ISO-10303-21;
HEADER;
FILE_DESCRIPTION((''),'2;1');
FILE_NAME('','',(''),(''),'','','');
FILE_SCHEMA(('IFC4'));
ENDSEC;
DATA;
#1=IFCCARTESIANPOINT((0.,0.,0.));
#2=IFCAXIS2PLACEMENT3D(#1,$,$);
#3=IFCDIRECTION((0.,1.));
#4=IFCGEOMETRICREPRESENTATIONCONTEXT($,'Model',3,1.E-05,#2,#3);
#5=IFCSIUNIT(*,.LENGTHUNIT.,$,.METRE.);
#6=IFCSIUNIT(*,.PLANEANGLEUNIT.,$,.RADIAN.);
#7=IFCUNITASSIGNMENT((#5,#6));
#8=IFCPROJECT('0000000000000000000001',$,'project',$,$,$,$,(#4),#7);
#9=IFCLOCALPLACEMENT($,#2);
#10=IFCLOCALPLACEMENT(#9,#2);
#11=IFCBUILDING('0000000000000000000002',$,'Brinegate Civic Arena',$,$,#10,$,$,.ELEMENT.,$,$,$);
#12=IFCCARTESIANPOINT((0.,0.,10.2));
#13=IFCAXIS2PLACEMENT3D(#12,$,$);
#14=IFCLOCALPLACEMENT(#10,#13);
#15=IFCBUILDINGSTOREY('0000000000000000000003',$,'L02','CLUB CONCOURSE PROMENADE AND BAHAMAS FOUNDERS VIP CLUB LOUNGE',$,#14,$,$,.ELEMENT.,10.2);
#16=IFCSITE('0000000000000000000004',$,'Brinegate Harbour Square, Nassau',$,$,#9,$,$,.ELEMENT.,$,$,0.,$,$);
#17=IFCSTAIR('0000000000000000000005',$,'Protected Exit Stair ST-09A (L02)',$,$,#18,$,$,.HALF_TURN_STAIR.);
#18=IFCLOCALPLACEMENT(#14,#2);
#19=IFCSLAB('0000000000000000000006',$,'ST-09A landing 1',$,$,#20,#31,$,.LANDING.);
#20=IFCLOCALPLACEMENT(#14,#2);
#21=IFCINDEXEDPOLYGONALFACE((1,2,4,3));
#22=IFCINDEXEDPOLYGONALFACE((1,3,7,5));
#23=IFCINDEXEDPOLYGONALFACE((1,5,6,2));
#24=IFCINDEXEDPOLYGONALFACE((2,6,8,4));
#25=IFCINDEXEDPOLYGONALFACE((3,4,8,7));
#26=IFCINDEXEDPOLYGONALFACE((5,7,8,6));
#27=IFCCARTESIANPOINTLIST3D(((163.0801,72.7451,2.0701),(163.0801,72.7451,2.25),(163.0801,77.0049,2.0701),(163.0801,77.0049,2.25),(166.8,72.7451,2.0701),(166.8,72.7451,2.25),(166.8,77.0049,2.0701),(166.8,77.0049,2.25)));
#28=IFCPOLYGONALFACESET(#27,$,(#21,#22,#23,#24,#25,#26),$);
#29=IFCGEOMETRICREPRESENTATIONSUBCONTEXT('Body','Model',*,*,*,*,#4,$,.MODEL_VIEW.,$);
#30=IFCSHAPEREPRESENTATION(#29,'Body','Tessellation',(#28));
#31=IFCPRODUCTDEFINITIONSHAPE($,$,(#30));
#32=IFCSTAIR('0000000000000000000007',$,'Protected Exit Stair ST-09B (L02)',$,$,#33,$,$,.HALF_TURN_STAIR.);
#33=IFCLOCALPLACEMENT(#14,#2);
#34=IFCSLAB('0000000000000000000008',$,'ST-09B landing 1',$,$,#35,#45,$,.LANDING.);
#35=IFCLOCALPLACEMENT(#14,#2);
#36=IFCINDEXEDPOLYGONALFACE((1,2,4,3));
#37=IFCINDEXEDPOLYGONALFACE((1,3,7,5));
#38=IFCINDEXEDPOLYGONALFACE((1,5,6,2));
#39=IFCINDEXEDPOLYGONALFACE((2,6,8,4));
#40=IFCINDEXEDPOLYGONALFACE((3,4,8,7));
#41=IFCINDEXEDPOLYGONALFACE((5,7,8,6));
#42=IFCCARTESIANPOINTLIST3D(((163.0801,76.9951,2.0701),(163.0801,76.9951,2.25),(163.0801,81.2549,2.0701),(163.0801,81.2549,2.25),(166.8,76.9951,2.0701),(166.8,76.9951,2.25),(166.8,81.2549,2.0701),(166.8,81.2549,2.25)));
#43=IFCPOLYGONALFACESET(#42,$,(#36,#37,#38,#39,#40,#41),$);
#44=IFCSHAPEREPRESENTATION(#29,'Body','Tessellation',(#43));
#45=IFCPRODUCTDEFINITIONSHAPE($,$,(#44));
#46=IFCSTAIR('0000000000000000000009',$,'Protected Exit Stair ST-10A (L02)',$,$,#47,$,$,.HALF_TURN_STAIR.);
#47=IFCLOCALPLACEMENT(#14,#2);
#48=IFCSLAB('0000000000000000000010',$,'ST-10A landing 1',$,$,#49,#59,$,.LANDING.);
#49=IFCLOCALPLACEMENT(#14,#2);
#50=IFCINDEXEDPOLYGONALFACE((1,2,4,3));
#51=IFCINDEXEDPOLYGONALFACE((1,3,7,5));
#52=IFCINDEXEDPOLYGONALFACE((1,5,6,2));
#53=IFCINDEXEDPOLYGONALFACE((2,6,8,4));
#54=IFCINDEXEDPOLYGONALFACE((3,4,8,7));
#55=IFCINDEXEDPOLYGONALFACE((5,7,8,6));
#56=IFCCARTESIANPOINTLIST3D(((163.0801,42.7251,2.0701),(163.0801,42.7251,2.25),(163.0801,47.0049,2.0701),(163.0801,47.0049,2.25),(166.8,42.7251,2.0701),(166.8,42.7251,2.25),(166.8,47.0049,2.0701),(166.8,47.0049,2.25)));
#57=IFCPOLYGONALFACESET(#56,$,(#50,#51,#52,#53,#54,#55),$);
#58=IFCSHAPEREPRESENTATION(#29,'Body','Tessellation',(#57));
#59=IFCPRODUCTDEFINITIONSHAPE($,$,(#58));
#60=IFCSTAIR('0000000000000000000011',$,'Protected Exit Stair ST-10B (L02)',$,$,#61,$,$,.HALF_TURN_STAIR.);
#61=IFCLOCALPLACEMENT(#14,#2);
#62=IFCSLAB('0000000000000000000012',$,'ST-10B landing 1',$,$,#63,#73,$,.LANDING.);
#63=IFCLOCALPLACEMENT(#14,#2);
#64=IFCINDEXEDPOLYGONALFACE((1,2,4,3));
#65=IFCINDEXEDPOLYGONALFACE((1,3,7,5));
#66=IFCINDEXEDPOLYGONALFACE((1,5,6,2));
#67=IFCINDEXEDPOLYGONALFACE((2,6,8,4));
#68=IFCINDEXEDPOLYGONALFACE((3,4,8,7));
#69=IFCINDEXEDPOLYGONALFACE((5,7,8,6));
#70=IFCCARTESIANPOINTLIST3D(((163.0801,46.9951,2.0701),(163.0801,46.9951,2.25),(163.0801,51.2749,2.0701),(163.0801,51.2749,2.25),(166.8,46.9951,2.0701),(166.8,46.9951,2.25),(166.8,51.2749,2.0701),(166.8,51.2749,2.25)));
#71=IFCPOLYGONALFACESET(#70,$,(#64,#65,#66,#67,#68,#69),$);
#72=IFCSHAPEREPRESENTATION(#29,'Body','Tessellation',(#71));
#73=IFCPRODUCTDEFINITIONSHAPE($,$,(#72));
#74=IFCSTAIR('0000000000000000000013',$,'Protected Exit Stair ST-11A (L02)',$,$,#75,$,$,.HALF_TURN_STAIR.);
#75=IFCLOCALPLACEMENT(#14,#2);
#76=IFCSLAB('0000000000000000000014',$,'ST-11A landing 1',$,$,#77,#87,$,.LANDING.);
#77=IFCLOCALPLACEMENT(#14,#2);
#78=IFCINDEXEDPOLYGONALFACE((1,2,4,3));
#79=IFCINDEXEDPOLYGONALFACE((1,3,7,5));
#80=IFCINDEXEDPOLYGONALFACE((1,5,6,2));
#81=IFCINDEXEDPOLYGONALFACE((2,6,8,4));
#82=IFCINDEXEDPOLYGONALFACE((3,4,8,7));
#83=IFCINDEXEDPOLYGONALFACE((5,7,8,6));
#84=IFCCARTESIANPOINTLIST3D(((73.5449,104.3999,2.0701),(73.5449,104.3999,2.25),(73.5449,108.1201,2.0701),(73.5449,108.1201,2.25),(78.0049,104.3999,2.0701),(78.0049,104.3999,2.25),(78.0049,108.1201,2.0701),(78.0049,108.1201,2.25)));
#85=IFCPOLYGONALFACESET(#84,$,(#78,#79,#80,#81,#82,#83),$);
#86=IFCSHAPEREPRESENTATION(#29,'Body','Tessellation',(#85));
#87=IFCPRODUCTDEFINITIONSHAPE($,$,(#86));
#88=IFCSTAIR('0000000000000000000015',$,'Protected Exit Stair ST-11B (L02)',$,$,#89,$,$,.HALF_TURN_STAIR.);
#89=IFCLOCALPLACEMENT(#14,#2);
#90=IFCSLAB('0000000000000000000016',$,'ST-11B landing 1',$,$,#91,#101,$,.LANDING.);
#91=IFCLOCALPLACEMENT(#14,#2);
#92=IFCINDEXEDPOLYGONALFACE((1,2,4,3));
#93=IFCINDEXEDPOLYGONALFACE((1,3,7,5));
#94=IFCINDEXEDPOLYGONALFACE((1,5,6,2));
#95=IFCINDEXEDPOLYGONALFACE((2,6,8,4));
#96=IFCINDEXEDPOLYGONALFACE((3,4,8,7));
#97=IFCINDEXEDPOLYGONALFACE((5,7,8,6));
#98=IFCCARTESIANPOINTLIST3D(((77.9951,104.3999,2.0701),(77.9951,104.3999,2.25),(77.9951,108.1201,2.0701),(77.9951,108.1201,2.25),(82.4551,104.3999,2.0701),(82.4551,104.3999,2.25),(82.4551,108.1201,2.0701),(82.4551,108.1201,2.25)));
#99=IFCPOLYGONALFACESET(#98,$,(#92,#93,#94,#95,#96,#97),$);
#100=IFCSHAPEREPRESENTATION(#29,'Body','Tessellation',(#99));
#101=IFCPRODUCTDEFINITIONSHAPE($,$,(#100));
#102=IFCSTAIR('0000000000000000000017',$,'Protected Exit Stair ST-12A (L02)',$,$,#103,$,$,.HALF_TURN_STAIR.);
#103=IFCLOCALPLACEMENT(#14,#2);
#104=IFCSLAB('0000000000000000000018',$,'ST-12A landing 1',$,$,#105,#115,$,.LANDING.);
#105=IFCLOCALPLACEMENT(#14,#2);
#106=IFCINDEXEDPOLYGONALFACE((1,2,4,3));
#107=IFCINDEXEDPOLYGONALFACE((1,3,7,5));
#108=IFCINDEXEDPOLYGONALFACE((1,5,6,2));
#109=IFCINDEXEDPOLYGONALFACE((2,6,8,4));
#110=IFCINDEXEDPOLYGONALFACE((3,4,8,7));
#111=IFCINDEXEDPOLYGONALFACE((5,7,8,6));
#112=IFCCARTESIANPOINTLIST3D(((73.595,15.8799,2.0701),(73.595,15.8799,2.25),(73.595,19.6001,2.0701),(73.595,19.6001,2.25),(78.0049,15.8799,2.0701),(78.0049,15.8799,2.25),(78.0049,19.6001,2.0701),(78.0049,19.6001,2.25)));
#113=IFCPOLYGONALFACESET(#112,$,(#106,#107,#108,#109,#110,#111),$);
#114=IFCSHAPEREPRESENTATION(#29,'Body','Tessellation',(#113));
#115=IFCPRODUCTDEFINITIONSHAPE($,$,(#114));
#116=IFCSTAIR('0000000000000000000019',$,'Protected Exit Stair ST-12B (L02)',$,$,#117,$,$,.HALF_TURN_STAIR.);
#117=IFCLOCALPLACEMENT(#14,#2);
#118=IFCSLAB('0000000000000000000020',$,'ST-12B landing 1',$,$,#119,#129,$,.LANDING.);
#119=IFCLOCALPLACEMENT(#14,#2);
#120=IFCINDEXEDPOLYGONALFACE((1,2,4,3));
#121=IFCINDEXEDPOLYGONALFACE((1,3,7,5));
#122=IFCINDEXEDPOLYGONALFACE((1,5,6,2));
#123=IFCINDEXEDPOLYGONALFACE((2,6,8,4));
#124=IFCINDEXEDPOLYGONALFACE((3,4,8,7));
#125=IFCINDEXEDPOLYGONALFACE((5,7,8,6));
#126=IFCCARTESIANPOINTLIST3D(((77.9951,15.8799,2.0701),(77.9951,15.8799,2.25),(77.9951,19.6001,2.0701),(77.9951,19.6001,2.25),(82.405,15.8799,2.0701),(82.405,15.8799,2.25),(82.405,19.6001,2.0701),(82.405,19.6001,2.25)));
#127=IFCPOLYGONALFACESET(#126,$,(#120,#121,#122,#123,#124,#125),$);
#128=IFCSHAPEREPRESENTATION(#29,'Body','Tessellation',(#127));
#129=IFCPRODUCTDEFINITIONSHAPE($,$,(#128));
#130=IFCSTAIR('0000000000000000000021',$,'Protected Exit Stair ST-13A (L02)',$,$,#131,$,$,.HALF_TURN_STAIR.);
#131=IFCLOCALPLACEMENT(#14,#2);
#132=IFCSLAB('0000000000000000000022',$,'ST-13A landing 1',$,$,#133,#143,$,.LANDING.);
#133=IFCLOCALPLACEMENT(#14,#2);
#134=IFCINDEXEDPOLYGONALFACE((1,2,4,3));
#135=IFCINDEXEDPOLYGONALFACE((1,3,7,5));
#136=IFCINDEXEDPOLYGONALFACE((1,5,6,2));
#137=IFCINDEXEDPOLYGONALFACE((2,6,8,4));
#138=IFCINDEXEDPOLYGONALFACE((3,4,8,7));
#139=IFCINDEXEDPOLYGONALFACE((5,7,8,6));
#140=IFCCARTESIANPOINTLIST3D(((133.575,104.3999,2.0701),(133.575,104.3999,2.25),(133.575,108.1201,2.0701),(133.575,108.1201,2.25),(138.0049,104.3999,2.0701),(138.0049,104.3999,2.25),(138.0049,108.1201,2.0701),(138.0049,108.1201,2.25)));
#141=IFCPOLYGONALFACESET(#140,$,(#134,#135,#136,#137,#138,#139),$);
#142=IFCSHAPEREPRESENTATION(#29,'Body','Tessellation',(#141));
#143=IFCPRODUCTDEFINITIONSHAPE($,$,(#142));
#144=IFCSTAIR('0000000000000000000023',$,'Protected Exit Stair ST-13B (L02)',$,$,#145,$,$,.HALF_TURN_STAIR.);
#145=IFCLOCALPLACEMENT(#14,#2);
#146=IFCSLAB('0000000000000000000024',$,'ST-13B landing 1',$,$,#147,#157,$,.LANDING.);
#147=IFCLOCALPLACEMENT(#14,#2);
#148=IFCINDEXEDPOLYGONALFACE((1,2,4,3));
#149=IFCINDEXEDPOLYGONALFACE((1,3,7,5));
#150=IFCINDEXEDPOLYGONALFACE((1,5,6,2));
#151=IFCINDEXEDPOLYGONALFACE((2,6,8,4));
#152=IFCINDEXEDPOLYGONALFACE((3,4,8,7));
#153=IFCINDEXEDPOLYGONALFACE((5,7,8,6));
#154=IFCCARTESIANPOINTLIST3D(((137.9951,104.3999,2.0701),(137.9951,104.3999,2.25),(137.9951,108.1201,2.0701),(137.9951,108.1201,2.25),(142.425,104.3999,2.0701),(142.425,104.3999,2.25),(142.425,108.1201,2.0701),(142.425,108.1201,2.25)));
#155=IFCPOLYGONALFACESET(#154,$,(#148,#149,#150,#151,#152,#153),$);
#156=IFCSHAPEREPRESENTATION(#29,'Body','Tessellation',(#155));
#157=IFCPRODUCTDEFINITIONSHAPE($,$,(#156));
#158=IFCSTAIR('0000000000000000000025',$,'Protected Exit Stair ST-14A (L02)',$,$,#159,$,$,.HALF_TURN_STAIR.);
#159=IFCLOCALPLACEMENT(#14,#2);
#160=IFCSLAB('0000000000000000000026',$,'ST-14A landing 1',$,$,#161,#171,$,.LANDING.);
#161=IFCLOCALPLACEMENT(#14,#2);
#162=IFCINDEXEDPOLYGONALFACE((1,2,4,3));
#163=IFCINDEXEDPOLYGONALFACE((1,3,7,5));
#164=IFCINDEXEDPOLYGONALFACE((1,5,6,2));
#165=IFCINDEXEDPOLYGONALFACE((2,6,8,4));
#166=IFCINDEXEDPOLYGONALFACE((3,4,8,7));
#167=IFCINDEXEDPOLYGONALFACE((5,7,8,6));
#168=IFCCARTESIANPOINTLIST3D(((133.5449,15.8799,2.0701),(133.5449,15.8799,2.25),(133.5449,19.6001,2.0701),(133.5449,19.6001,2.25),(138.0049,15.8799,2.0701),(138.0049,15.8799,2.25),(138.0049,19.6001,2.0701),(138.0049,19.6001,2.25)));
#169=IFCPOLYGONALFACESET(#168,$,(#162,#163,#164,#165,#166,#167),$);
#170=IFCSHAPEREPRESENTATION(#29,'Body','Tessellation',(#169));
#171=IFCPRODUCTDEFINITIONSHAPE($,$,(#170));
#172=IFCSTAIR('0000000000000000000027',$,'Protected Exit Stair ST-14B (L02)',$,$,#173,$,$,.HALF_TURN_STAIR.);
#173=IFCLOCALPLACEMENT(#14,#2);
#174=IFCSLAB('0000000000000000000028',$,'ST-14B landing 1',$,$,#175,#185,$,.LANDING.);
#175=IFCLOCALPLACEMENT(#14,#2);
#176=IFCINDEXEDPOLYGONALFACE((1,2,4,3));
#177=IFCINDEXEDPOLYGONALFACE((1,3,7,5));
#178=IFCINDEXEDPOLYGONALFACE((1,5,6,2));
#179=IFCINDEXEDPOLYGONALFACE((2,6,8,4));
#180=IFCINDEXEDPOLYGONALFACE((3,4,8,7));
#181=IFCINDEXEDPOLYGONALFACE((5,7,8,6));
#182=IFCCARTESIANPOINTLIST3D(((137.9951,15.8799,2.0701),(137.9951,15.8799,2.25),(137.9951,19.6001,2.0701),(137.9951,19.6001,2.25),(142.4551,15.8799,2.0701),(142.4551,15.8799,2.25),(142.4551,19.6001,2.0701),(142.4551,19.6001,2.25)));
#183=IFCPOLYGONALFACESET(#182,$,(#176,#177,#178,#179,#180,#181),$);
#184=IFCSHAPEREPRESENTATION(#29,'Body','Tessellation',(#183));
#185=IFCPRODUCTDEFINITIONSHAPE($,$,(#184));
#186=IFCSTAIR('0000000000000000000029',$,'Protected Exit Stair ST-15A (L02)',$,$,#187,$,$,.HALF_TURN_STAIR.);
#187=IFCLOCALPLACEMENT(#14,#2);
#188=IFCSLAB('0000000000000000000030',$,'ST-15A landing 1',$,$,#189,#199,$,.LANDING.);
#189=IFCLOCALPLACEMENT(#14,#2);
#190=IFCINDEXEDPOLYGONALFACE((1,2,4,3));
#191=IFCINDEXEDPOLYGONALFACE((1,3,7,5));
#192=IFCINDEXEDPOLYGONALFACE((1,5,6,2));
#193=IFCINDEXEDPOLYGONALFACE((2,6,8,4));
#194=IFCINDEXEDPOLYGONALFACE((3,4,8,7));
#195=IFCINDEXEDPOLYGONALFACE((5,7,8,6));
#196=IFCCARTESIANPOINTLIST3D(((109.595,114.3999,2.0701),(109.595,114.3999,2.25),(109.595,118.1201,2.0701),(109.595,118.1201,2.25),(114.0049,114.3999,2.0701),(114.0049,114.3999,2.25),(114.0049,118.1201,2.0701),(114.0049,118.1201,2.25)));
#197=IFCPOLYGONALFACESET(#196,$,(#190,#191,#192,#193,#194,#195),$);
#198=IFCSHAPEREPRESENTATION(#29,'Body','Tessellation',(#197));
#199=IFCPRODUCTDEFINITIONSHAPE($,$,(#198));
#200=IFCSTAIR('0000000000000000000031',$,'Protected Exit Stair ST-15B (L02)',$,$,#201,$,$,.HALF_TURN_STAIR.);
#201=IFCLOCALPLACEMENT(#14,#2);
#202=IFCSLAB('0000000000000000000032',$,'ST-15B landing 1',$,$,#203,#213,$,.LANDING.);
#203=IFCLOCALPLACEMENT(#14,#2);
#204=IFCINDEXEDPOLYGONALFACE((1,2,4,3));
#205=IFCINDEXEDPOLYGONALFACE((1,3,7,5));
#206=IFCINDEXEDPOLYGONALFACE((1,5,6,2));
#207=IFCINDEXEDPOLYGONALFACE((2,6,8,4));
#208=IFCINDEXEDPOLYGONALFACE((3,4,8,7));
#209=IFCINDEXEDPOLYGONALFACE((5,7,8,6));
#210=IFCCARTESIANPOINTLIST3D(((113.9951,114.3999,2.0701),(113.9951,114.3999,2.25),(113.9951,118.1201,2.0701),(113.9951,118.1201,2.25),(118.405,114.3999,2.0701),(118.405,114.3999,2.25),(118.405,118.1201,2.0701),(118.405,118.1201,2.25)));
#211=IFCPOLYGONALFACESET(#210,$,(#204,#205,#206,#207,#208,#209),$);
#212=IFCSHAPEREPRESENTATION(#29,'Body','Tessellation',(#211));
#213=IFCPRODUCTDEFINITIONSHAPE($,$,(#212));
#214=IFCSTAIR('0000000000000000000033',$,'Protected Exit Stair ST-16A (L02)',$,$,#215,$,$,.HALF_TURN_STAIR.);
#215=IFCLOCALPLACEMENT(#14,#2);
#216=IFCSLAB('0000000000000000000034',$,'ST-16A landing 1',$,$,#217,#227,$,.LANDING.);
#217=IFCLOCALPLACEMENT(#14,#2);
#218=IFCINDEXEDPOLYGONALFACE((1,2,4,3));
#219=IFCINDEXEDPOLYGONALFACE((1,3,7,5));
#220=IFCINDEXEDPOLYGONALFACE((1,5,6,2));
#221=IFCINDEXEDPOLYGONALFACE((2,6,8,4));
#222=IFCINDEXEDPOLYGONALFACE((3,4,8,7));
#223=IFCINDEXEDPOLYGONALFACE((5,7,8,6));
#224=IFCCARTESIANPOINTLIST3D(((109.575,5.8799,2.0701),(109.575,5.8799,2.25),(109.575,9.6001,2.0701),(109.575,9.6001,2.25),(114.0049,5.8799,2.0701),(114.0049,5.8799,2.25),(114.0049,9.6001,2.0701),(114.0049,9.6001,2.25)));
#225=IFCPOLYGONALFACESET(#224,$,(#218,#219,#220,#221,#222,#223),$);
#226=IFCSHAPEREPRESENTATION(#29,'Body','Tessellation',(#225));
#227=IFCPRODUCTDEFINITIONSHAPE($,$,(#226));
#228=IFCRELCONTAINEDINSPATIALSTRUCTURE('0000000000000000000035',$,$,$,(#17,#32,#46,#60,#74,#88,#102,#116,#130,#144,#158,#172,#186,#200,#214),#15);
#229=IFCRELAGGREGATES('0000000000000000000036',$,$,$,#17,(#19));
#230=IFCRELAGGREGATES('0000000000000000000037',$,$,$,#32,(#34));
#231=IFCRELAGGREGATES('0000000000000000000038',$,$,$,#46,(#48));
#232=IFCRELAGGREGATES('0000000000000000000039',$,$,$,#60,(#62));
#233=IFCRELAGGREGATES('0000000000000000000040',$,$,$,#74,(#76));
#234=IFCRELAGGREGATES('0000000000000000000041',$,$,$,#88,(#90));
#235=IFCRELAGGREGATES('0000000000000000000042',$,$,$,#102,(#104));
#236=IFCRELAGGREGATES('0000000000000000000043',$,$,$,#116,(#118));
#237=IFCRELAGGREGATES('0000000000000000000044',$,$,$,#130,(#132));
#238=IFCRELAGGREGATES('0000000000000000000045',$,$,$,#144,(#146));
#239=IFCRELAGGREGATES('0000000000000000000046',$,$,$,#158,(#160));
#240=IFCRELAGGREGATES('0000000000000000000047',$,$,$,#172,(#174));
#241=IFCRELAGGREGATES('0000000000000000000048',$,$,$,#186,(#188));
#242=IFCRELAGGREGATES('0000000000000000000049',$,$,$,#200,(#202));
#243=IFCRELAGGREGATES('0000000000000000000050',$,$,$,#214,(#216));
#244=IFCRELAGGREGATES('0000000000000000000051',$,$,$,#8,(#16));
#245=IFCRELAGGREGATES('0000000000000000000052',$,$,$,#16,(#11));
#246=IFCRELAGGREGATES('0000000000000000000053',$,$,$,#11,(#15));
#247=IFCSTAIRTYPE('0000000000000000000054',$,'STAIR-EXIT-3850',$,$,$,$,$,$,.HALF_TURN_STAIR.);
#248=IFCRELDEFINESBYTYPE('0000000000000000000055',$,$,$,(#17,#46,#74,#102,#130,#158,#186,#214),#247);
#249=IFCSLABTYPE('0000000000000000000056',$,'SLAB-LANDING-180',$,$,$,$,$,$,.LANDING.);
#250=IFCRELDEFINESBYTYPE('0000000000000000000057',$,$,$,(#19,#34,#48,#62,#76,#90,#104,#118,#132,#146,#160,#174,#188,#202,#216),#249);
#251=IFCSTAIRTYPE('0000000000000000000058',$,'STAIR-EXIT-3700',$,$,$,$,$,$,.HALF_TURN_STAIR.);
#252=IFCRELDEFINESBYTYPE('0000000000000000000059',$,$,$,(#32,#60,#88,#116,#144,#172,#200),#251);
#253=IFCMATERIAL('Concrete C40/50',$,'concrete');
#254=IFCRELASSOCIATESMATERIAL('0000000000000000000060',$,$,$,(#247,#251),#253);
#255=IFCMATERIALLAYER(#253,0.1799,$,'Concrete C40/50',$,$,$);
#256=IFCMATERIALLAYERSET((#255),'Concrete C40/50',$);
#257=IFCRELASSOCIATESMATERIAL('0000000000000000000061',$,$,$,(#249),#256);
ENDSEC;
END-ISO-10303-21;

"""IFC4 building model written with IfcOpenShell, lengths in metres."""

from ifc_helpers import new_model, si_unit, direction, frame, origin, place, context, subcontext, project, spatial, polyline, outline, extrude, material, layer, layer_set, type_object, element, aggregate, save


model = new_model("IFC4")

# Units and contexts
model_context = context("Model", 3, precision=1e-05, world=origin(), true_north=direction((0.0, 1.0)))
body_context = subcontext(model_context, "Body", "Model", "MODEL_VIEW")
ifc_project = project(units=[si_unit("LENGTHUNIT", "METRE"), si_unit("PLANEANGLEUNIT", "RADIAN")], contexts=[model_context])

# Site, building, storey
site_placement = place(None, origin())
site = spatial("IfcSite", under=ifc_project, at=site_placement, Name="Brinegate Harbour Square, Nassau", CompositionType="ELEMENT", RefElevation=0.0)
building_placement = place(site_placement, origin())
building = spatial("IfcBuilding", under=site, at=building_placement, Name="Brinegate Civic Arena", CompositionType="ELEMENT")
storey_placement = place(building_placement, frame((0.0, 0.0, 10.2)))
storey = spatial("IfcBuildingStorey", under=building, at=storey_placement, Name="L02", Description="CLUB CONCOURSE PROMENADE AND BAHAMAS FOUNDERS VIP CLUB LOUNGE", CompositionType="ELEMENT", Elevation=10.2)

# Stairs, slabs
ifc_material = material(Name="Concrete C40/50", Category="concrete")
stair_type_1 = type_object("IfcStairType", Name="STAIR-EXIT-3850", PredefinedType="HALF_TURN_STAIR", material=ifc_material)
stair_1_placement = place(storey_placement, origin())
stair_1 = element("IfcStair", 1, at=stair_1_placement, inside=storey, type_object=stair_type_1, Name="Protected Exit Stair ST-09A (L02)", PredefinedType="HALF_TURN_STAIR")
ifc_layer = layer(ifc_material, 0.1799, Name="Concrete C40/50")
ifc_layer_set = layer_set([ifc_layer], Name="Concrete C40/50")
slab_type = type_object("IfcSlabType", Name="SLAB-LANDING-180", PredefinedType="LANDING", material=ifc_layer_set)
slab_1_placement = place(storey_placement, frame((0.0, 0.0, 2.0701)))
slab_1 = element("IfcSlab", 2, at=slab_1_placement, type_object=slab_type, Name="ST-09A landing 1", PredefinedType="LANDING", context=body_context, shape_type="SweptSolid", body=[
    extrude(outline(polyline([(163.0801, 72.7451), (166.8, 72.7451), (166.8, 77.0049), (163.0801, 77.0049), (163.0801, 72.7451)])), origin(), (0.0, 0.0, 1.0), 0.1799),
])
aggregate(stair_1, [slab_1])
stair_type_2 = type_object("IfcStairType", Name="STAIR-EXIT-3700", PredefinedType="HALF_TURN_STAIR", material=ifc_material)
stair_2_placement = place(storey_placement, origin())
stair_2 = element("IfcStair", 3, at=stair_2_placement, inside=storey, type_object=stair_type_2, Name="Protected Exit Stair ST-09B (L02)", PredefinedType="HALF_TURN_STAIR")
slab_2_placement = place(storey_placement, frame((0.0, 0.0, 2.0701)))
slab_2 = element("IfcSlab", 4, at=slab_2_placement, type_object=slab_type, Name="ST-09B landing 1", PredefinedType="LANDING", context=body_context, shape_type="SweptSolid", body=[
    extrude(outline(polyline([(163.0801, 76.9951), (166.8, 76.9951), (166.8, 81.2549), (163.0801, 81.2549), (163.0801, 76.9951)])), origin(), (0.0, 0.0, 1.0), 0.1799),
])
aggregate(stair_2, [slab_2])
stair_3_placement = place(storey_placement, origin())
stair_3 = element("IfcStair", 5, at=stair_3_placement, inside=storey, type_object=stair_type_1, Name="Protected Exit Stair ST-10A (L02)", PredefinedType="HALF_TURN_STAIR")
slab_3_placement = place(storey_placement, frame((0.0, 0.0, 2.0701)))
slab_3 = element("IfcSlab", 6, at=slab_3_placement, type_object=slab_type, Name="ST-10A landing 1", PredefinedType="LANDING", context=body_context, shape_type="SweptSolid", body=[
    extrude(outline(polyline([(163.0801, 42.7251), (166.8, 42.7251), (166.8, 47.0049), (163.0801, 47.0049), (163.0801, 42.7251)])), origin(), (0.0, 0.0, 1.0), 0.1799),
])
aggregate(stair_3, [slab_3])
stair_4_placement = place(storey_placement, origin())
stair_4 = element("IfcStair", 7, at=stair_4_placement, inside=storey, type_object=stair_type_2, Name="Protected Exit Stair ST-10B (L02)", PredefinedType="HALF_TURN_STAIR")
slab_4_placement = place(storey_placement, frame((0.0, 0.0, 2.0701)))
slab_4 = element("IfcSlab", 8, at=slab_4_placement, type_object=slab_type, Name="ST-10B landing 1", PredefinedType="LANDING", context=body_context, shape_type="SweptSolid", body=[
    extrude(outline(polyline([(163.0801, 46.9951), (166.8, 46.9951), (166.8, 51.2749), (163.0801, 51.2749), (163.0801, 46.9951)])), origin(), (0.0, 0.0, 1.0), 0.1799),
])
aggregate(stair_4, [slab_4])
stair_5_placement = place(storey_placement, origin())
stair_5 = element("IfcStair", 9, at=stair_5_placement, inside=storey, type_object=stair_type_1, Name="Protected Exit Stair ST-11A (L02)", PredefinedType="HALF_TURN_STAIR")
slab_5_placement = place(storey_placement, frame((0.0, 0.0, 2.0701)))
slab_5 = element("IfcSlab", 10, at=slab_5_placement, type_object=slab_type, Name="ST-11A landing 1", PredefinedType="LANDING", context=body_context, shape_type="SweptSolid", body=[
    extrude(outline(polyline([(73.5449, 104.3999), (78.0049, 104.3999), (78.0049, 108.1201), (73.5449, 108.1201), (73.5449, 104.3999)])), origin(), (0.0, 0.0, 1.0), 0.1799),
])
aggregate(stair_5, [slab_5])
stair_6_placement = place(storey_placement, origin())
stair_6 = element("IfcStair", 11, at=stair_6_placement, inside=storey, type_object=stair_type_2, Name="Protected Exit Stair ST-11B (L02)", PredefinedType="HALF_TURN_STAIR")
slab_6_placement = place(storey_placement, frame((0.0, 0.0, 2.0701)))
slab_6 = element("IfcSlab", 12, at=slab_6_placement, type_object=slab_type, Name="ST-11B landing 1", PredefinedType="LANDING", context=body_context, shape_type="SweptSolid", body=[
    extrude(outline(polyline([(77.9951, 104.3999), (82.4551, 104.3999), (82.4551, 108.1201), (77.9951, 108.1201), (77.9951, 104.3999)])), origin(), (0.0, 0.0, 1.0), 0.1799),
])
aggregate(stair_6, [slab_6])
stair_7_placement = place(storey_placement, origin())
stair_7 = element("IfcStair", 13, at=stair_7_placement, inside=storey, type_object=stair_type_1, Name="Protected Exit Stair ST-12A (L02)", PredefinedType="HALF_TURN_STAIR")
slab_7_placement = place(storey_placement, frame((0.0, 0.0, 2.0701)))
slab_7 = element("IfcSlab", 14, at=slab_7_placement, type_object=slab_type, Name="ST-12A landing 1", PredefinedType="LANDING", context=body_context, shape_type="SweptSolid", body=[
    extrude(outline(polyline([(73.595, 15.8799), (78.0049, 15.8799), (78.0049, 19.6001), (73.595, 19.6001), (73.595, 15.8799)])), origin(), (0.0, 0.0, 1.0), 0.1799),
])
aggregate(stair_7, [slab_7])
stair_8_placement = place(storey_placement, origin())
stair_8 = element("IfcStair", 15, at=stair_8_placement, inside=storey, type_object=stair_type_2, Name="Protected Exit Stair ST-12B (L02)", PredefinedType="HALF_TURN_STAIR")
slab_8_placement = place(storey_placement, frame((0.0, 0.0, 2.0701)))
slab_8 = element("IfcSlab", 16, at=slab_8_placement, type_object=slab_type, Name="ST-12B landing 1", PredefinedType="LANDING", context=body_context, shape_type="SweptSolid", body=[
    extrude(outline(polyline([(77.9951, 15.8799), (82.405, 15.8799), (82.405, 19.6001), (77.9951, 19.6001), (77.9951, 15.8799)])), origin(), (0.0, 0.0, 1.0), 0.1799),
])
aggregate(stair_8, [slab_8])
stair_9_placement = place(storey_placement, origin())
stair_9 = element("IfcStair", 17, at=stair_9_placement, inside=storey, type_object=stair_type_1, Name="Protected Exit Stair ST-13A (L02)", PredefinedType="HALF_TURN_STAIR")
slab_9_placement = place(storey_placement, frame((0.0, 0.0, 2.0701)))
slab_9 = element("IfcSlab", 18, at=slab_9_placement, type_object=slab_type, Name="ST-13A landing 1", PredefinedType="LANDING", context=body_context, shape_type="SweptSolid", body=[
    extrude(outline(polyline([(133.575, 104.3999), (138.0049, 104.3999), (138.0049, 108.1201), (133.575, 108.1201), (133.575, 104.3999)])), origin(), (0.0, 0.0, 1.0), 0.1799),
])
aggregate(stair_9, [slab_9])
stair_10_placement = place(storey_placement, origin())
stair_10 = element("IfcStair", 19, at=stair_10_placement, inside=storey, type_object=stair_type_2, Name="Protected Exit Stair ST-13B (L02)", PredefinedType="HALF_TURN_STAIR")
slab_10_placement = place(storey_placement, frame((0.0, 0.0, 2.0701)))
slab_10 = element("IfcSlab", 20, at=slab_10_placement, type_object=slab_type, Name="ST-13B landing 1", PredefinedType="LANDING", context=body_context, shape_type="SweptSolid", body=[
    extrude(outline(polyline([(137.9951, 104.3999), (142.425, 104.3999), (142.425, 108.1201), (137.9951, 108.1201), (137.9951, 104.3999)])), origin(), (0.0, 0.0, 1.0), 0.1799),
])
aggregate(stair_10, [slab_10])
stair_11_placement = place(storey_placement, origin())
stair_11 = element("IfcStair", 21, at=stair_11_placement, inside=storey, type_object=stair_type_1, Name="Protected Exit Stair ST-14A (L02)", PredefinedType="HALF_TURN_STAIR")
slab_11_placement = place(storey_placement, frame((0.0, 0.0, 2.0701)))
slab_11 = element("IfcSlab", 22, at=slab_11_placement, type_object=slab_type, Name="ST-14A landing 1", PredefinedType="LANDING", context=body_context, shape_type="SweptSolid", body=[
    extrude(outline(polyline([(133.5449, 15.8799), (138.0049, 15.8799), (138.0049, 19.6001), (133.5449, 19.6001), (133.5449, 15.8799)])), origin(), (0.0, 0.0, 1.0), 0.1799),
])
aggregate(stair_11, [slab_11])
stair_12_placement = place(storey_placement, origin())
stair_12 = element("IfcStair", 23, at=stair_12_placement, inside=storey, type_object=stair_type_2, Name="Protected Exit Stair ST-14B (L02)", PredefinedType="HALF_TURN_STAIR")
slab_12_placement = place(storey_placement, frame((0.0, 0.0, 2.0701)))
slab_12 = element("IfcSlab", 24, at=slab_12_placement, type_object=slab_type, Name="ST-14B landing 1", PredefinedType="LANDING", context=body_context, shape_type="SweptSolid", body=[
    extrude(outline(polyline([(137.9951, 15.8799), (142.4551, 15.8799), (142.4551, 19.6001), (137.9951, 19.6001), (137.9951, 15.8799)])), origin(), (0.0, 0.0, 1.0), 0.1799),
])
aggregate(stair_12, [slab_12])
stair_13_placement = place(storey_placement, origin())
stair_13 = element("IfcStair", 25, at=stair_13_placement, inside=storey, type_object=stair_type_1, Name="Protected Exit Stair ST-15A (L02)", PredefinedType="HALF_TURN_STAIR")
slab_13_placement = place(storey_placement, frame((0.0, 0.0, 2.0701)))
slab_13 = element("IfcSlab", 26, at=slab_13_placement, type_object=slab_type, Name="ST-15A landing 1", PredefinedType="LANDING", context=body_context, shape_type="SweptSolid", body=[
    extrude(outline(polyline([(109.595, 114.3999), (114.0049, 114.3999), (114.0049, 118.1201), (109.595, 118.1201), (109.595, 114.3999)])), origin(), (0.0, 0.0, 1.0), 0.1799),
])
aggregate(stair_13, [slab_13])
stair_14_placement = place(storey_placement, origin())
stair_14 = element("IfcStair", 27, at=stair_14_placement, inside=storey, type_object=stair_type_2, Name="Protected Exit Stair ST-15B (L02)", PredefinedType="HALF_TURN_STAIR")
slab_14_placement = place(storey_placement, frame((0.0, 0.0, 2.0701)))
slab_14 = element("IfcSlab", 28, at=slab_14_placement, type_object=slab_type, Name="ST-15B landing 1", PredefinedType="LANDING", context=body_context, shape_type="SweptSolid", body=[
    extrude(outline(polyline([(113.9951, 114.3999), (118.405, 114.3999), (118.405, 118.1201), (113.9951, 118.1201), (113.9951, 114.3999)])), origin(), (0.0, 0.0, 1.0), 0.1799),
])
aggregate(stair_14, [slab_14])
stair_15_placement = place(storey_placement, origin())
stair_15 = element("IfcStair", 29, at=stair_15_placement, inside=storey, type_object=stair_type_1, Name="Protected Exit Stair ST-16A (L02)", PredefinedType="HALF_TURN_STAIR")
slab_15_placement = place(storey_placement, frame((0.0, 0.0, 2.0701)))
slab_15 = element("IfcSlab", 30, at=slab_15_placement, type_object=slab_type, Name="ST-16A landing 1", PredefinedType="LANDING", context=body_context, shape_type="SweptSolid", body=[
    extrude(outline(polyline([(109.575, 5.8799), (114.0049, 5.8799), (114.0049, 9.6001), (109.575, 9.6001), (109.575, 5.8799)])), origin(), (0.0, 0.0, 1.0), 0.1799),
])
aggregate(stair_15, [slab_15])

save(model, "model.ifc")
